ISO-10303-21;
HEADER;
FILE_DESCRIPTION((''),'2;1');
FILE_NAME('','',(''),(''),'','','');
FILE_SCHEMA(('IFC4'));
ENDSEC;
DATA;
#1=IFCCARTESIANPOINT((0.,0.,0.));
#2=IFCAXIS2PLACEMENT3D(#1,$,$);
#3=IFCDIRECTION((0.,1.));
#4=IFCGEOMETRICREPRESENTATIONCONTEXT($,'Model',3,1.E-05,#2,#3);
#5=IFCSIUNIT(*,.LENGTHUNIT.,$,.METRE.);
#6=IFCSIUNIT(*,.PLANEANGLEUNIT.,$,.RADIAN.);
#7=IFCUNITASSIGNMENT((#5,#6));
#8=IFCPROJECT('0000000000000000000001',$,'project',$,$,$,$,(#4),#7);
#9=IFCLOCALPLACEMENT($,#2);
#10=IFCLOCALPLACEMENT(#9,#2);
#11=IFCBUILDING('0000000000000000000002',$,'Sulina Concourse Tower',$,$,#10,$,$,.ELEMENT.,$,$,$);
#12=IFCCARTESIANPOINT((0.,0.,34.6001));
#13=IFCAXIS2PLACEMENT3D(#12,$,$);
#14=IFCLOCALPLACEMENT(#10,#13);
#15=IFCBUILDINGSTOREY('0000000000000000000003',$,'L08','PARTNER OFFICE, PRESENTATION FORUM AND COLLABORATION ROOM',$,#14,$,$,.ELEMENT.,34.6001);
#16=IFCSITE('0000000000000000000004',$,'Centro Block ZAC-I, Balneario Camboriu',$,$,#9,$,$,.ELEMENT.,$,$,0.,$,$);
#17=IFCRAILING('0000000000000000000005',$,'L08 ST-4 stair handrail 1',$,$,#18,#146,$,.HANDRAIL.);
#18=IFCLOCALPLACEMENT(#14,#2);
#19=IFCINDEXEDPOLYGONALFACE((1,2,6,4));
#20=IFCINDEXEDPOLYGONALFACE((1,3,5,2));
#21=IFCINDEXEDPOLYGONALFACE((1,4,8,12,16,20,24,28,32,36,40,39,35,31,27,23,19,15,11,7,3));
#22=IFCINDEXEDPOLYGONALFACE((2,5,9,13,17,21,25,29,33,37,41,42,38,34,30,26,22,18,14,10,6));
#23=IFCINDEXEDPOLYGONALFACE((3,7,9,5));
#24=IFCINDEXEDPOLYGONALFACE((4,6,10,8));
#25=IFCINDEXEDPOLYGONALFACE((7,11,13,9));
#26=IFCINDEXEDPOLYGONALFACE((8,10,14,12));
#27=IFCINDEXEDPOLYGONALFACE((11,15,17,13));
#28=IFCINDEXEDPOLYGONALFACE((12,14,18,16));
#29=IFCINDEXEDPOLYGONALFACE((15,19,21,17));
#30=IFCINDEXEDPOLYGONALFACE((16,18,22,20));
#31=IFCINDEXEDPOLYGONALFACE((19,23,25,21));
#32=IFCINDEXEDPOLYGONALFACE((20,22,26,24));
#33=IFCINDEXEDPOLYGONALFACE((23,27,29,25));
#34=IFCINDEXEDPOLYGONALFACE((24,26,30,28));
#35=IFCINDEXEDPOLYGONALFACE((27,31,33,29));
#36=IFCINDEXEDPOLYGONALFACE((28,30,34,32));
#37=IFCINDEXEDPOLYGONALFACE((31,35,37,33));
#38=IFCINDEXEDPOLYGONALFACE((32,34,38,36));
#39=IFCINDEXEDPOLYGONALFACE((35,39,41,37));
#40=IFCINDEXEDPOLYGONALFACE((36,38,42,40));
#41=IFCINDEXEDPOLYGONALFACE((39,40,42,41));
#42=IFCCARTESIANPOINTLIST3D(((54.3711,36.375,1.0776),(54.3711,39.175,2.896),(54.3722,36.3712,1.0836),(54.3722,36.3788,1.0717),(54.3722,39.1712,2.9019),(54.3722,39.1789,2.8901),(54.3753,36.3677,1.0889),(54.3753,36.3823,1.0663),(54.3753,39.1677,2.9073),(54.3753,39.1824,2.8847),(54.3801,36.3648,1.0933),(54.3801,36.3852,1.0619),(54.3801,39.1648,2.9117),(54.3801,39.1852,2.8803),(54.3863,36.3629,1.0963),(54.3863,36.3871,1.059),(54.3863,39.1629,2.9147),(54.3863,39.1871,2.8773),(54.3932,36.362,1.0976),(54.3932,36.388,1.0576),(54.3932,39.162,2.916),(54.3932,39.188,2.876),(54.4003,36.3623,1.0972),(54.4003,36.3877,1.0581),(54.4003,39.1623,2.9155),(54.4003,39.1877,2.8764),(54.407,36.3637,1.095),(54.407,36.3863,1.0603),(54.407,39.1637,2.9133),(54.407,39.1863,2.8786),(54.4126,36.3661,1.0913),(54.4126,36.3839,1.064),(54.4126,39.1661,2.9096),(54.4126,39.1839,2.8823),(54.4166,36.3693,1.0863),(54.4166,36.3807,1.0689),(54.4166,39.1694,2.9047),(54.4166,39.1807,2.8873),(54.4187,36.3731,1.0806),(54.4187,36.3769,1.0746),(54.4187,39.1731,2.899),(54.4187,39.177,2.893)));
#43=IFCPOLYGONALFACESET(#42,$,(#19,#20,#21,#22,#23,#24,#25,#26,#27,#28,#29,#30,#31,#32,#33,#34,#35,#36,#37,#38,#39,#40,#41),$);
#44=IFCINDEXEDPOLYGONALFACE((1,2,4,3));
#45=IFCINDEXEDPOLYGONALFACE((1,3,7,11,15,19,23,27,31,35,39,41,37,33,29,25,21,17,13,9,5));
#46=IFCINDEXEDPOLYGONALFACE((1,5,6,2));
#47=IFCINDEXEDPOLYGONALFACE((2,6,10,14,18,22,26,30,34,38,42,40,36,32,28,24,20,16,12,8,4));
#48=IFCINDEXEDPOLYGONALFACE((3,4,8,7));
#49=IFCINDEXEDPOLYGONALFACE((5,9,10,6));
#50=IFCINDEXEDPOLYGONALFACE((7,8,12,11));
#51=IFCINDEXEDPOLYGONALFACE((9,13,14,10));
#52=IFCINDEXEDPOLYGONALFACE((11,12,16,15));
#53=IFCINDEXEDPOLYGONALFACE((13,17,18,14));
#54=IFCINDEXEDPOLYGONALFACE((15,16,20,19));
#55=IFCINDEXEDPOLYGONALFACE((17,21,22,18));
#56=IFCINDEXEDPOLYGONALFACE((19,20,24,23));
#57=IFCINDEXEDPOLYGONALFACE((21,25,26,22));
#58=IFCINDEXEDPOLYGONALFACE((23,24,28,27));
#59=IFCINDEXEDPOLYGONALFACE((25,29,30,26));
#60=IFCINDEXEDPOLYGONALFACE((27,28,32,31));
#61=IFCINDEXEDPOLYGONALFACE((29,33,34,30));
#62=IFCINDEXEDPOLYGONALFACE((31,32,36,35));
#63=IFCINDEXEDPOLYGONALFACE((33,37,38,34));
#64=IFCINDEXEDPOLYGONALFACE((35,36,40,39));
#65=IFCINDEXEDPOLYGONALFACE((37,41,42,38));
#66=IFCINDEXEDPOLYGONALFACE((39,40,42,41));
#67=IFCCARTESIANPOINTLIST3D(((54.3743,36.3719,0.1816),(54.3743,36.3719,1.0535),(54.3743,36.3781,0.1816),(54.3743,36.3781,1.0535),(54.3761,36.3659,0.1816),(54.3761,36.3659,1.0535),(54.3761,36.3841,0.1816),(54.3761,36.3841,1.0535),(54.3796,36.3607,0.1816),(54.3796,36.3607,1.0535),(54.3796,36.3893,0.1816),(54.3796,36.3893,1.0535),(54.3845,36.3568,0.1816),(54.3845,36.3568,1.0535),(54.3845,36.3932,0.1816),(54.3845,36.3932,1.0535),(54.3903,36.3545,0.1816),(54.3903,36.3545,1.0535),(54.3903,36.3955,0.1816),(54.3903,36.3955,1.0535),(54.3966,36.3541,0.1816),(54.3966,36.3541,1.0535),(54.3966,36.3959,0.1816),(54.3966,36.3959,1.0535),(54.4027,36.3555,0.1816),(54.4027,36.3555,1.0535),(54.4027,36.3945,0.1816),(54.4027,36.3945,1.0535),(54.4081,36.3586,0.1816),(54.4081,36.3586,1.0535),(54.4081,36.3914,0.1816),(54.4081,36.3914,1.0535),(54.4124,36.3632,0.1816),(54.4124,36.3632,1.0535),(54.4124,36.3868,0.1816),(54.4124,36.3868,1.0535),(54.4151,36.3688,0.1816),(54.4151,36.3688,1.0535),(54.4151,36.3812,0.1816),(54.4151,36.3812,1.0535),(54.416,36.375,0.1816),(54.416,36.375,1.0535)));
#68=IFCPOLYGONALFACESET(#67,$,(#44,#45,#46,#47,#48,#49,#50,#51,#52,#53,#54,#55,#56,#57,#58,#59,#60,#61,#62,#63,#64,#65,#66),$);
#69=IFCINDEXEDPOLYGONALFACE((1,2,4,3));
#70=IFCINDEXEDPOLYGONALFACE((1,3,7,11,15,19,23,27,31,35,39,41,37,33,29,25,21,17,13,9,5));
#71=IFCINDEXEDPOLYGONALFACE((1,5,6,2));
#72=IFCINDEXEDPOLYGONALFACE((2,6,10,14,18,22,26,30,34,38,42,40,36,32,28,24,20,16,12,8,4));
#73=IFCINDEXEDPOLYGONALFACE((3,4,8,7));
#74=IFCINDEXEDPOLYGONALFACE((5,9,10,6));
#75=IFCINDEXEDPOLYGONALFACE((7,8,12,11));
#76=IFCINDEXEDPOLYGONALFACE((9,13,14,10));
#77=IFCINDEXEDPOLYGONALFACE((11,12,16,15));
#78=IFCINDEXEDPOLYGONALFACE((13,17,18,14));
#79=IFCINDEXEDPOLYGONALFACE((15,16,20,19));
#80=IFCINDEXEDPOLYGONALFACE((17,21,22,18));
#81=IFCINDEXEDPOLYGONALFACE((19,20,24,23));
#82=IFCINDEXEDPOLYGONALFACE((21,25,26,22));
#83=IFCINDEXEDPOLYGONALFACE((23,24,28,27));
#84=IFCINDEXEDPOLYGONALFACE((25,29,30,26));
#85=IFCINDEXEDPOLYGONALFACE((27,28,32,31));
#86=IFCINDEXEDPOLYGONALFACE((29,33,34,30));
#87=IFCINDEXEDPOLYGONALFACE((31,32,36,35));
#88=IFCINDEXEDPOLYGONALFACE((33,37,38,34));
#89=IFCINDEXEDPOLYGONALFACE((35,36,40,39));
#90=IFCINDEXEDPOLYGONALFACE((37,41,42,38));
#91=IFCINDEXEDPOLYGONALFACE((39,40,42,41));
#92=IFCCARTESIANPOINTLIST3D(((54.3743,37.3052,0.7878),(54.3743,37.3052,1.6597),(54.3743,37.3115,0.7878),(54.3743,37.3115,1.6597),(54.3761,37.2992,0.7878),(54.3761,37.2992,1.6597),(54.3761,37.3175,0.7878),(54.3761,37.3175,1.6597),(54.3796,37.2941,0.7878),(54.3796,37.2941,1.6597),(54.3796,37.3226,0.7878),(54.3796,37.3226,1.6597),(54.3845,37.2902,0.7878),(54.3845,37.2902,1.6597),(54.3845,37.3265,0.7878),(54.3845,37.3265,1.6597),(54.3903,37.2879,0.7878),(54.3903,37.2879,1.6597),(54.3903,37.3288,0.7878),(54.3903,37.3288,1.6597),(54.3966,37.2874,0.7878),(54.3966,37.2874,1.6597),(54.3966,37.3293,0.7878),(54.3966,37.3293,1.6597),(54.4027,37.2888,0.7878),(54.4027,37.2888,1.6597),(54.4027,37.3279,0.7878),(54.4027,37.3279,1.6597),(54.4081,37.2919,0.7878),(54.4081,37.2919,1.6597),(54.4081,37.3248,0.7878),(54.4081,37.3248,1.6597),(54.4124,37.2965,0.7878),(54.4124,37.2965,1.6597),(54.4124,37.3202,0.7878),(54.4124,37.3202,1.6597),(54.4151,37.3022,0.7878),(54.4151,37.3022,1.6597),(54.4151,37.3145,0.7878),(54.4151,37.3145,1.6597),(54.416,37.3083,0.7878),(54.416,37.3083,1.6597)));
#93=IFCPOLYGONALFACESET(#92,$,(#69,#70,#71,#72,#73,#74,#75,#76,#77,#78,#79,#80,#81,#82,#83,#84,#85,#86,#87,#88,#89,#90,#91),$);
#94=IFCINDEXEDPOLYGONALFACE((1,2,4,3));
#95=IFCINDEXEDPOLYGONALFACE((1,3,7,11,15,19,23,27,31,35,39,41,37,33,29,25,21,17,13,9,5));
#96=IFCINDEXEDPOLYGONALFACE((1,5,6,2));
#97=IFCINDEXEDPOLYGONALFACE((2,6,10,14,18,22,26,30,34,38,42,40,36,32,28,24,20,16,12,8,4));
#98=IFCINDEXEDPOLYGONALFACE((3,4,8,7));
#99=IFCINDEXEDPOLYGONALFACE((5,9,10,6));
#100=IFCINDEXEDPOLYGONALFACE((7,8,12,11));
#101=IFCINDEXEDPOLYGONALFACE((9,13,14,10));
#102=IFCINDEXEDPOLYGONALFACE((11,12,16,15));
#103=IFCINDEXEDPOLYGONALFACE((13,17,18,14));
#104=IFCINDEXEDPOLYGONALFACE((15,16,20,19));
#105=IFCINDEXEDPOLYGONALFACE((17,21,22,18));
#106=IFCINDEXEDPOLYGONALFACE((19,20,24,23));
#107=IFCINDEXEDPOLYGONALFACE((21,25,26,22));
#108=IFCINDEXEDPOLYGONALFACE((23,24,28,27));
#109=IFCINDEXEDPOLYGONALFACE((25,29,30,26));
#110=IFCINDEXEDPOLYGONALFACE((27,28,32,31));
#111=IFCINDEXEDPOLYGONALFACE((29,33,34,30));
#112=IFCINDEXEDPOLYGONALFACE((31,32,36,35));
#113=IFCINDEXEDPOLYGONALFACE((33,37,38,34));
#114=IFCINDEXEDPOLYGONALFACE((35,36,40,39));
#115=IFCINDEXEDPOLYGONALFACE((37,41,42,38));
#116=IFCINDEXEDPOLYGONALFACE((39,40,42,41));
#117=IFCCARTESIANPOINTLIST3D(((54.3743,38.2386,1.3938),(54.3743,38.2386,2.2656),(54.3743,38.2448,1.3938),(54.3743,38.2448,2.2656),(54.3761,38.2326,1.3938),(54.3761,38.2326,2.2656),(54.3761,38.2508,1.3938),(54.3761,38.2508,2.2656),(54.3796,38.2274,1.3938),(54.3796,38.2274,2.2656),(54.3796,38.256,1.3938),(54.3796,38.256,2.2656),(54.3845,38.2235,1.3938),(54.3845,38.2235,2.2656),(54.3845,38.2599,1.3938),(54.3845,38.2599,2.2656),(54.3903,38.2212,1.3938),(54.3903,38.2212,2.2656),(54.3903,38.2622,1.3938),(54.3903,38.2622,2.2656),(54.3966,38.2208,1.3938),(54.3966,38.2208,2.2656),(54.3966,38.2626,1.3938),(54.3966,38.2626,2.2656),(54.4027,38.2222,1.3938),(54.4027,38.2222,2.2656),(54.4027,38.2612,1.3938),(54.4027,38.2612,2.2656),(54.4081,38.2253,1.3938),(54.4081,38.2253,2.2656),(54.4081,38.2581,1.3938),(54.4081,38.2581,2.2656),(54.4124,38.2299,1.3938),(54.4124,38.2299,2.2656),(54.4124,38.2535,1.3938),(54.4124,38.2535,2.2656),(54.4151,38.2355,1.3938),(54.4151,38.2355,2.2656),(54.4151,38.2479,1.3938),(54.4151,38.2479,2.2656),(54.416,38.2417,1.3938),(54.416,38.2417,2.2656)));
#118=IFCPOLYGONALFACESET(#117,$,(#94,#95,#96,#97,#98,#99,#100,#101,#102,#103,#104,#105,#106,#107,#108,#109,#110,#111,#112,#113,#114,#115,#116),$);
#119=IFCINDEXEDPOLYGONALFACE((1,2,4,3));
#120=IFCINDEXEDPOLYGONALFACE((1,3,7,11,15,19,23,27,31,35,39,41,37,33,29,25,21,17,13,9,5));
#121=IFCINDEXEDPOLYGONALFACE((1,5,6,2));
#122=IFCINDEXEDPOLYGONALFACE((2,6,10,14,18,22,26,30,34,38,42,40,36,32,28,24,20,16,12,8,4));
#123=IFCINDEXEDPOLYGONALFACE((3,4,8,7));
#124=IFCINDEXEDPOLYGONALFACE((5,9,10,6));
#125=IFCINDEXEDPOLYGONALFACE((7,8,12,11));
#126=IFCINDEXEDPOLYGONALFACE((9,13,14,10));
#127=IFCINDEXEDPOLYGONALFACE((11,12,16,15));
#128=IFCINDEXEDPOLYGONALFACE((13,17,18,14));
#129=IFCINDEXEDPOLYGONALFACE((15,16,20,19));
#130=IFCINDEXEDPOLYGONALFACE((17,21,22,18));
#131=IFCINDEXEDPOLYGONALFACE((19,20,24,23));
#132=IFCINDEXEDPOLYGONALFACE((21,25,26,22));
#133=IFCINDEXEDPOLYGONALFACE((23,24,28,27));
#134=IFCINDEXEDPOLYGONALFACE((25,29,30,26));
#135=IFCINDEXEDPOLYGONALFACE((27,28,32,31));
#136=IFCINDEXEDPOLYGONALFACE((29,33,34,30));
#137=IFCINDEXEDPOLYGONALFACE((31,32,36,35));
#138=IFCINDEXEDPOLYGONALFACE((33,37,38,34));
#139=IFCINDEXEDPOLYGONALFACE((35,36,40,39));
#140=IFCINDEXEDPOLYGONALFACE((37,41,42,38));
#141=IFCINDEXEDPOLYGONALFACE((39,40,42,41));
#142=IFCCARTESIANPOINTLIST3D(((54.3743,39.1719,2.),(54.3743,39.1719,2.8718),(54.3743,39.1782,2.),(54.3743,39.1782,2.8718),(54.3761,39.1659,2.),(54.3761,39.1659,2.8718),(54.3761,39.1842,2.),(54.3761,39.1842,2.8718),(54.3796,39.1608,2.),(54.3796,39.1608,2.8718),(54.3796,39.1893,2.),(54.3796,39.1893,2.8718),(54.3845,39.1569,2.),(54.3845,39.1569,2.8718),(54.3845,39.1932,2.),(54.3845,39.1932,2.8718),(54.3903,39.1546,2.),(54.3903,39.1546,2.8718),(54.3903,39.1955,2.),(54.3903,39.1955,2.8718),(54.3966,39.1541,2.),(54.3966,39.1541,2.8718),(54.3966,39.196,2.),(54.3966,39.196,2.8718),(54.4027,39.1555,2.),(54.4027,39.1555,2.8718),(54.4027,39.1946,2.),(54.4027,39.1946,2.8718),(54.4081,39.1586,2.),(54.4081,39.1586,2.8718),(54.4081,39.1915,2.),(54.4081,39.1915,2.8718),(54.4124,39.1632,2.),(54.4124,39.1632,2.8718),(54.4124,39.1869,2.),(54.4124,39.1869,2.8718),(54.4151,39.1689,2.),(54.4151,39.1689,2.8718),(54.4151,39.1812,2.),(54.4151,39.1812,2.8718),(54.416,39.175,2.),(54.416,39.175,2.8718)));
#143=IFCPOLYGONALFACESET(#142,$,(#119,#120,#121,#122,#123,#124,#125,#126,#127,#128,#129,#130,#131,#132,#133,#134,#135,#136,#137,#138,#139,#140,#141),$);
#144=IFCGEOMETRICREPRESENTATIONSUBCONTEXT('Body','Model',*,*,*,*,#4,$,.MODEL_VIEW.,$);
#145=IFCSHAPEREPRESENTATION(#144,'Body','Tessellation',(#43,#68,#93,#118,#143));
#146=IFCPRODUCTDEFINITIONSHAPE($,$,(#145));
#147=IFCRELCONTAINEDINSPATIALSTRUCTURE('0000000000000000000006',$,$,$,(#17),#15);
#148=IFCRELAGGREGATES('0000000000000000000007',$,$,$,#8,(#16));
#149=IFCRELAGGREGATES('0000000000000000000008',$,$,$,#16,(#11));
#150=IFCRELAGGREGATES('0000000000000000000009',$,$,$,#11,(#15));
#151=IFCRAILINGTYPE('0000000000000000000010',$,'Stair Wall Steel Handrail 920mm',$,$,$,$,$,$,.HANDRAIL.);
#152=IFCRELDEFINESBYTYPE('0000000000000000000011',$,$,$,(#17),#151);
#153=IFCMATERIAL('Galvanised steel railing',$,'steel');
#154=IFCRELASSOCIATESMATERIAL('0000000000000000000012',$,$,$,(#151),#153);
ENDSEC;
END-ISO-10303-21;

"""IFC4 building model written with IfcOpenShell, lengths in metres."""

from ifc_helpers import new_model, si_unit, direction, frame, origin, origin_2d, place, context, subcontext, project, spatial, circle, extrude, material, type_object, element, save


model = new_model("IFC4")

# Units and contexts
model_context = context("Model", 3, precision=1e-05, world=origin(), true_north=direction((0.0, 1.0)))
body_context = subcontext(model_context, "Body", "Model", "MODEL_VIEW")
ifc_project = project(units=[si_unit("LENGTHUNIT", "METRE"), si_unit("PLANEANGLEUNIT", "RADIAN")], contexts=[model_context])

# Site, building, storey
site_placement = place(None, origin())
site = spatial("IfcSite", under=ifc_project, at=site_placement, Name="Centro Block ZAC-I, Balneario Camboriu", CompositionType="ELEMENT", RefElevation=0.0)
building_placement = place(site_placement, origin())
building = spatial("IfcBuilding", under=site, at=building_placement, Name="Sulina Concourse Tower", CompositionType="ELEMENT")
storey_placement = place(building_placement, frame((0.0, 0.0, 34.6001)))
storey = spatial("IfcBuildingStorey", under=building, at=storey_placement, Name="L08", Description="PARTNER OFFICE, PRESENTATION FORUM AND COLLABORATION ROOM", CompositionType="ELEMENT", Elevation=34.6001)

# Railing
ifc_material_1 = material(Name="Galvanised steel railing", Category="steel")
railing_type_1 = type_object("IfcRailingType", Name="Stair Wall Steel Handrail 920mm", PredefinedType="HANDRAIL", material=ifc_material_1)
railing_1_placement = place(storey_placement, frame((54.395, 36.375, 0.1816)))
element("IfcRailing", 1, at=railing_1_placement, inside=storey, type_object=railing_type_1, Name="L08 ST-4 stair handrail 1", PredefinedType="HANDRAIL", context=body_context, shape_type="SweptSolid", body=[
    extrude(circle(Radius=0.0239, at=origin_2d()), frame((0.0, 0.0, 0.896), z_axis=(0.0, 0.838672, 0.544636), x_axis=(-1.0, 0.0, 0.0)), (0.0, 0.0, 1.0), 3.3386),
    extrude(circle(Radius=0.021, at=origin_2d()), origin(), (0.0, 0.0, 1.0), 0.8718),
    extrude(circle(Radius=0.021, at=origin_2d()), frame((0.0, 0.9333, 0.6062)), (0.0, 0.0, 1.0), 0.8718),
    extrude(circle(Radius=0.021, at=origin_2d()), frame((0.0, 1.8667, 1.2122)), (0.0, 0.0, 1.0), 0.8718),
    extrude(circle(Radius=0.021, at=origin_2d()), frame((0.0, 2.8, 1.8184)), (0.0, 0.0, 1.0), 0.8718),
])

save(model, "model.ifc")
